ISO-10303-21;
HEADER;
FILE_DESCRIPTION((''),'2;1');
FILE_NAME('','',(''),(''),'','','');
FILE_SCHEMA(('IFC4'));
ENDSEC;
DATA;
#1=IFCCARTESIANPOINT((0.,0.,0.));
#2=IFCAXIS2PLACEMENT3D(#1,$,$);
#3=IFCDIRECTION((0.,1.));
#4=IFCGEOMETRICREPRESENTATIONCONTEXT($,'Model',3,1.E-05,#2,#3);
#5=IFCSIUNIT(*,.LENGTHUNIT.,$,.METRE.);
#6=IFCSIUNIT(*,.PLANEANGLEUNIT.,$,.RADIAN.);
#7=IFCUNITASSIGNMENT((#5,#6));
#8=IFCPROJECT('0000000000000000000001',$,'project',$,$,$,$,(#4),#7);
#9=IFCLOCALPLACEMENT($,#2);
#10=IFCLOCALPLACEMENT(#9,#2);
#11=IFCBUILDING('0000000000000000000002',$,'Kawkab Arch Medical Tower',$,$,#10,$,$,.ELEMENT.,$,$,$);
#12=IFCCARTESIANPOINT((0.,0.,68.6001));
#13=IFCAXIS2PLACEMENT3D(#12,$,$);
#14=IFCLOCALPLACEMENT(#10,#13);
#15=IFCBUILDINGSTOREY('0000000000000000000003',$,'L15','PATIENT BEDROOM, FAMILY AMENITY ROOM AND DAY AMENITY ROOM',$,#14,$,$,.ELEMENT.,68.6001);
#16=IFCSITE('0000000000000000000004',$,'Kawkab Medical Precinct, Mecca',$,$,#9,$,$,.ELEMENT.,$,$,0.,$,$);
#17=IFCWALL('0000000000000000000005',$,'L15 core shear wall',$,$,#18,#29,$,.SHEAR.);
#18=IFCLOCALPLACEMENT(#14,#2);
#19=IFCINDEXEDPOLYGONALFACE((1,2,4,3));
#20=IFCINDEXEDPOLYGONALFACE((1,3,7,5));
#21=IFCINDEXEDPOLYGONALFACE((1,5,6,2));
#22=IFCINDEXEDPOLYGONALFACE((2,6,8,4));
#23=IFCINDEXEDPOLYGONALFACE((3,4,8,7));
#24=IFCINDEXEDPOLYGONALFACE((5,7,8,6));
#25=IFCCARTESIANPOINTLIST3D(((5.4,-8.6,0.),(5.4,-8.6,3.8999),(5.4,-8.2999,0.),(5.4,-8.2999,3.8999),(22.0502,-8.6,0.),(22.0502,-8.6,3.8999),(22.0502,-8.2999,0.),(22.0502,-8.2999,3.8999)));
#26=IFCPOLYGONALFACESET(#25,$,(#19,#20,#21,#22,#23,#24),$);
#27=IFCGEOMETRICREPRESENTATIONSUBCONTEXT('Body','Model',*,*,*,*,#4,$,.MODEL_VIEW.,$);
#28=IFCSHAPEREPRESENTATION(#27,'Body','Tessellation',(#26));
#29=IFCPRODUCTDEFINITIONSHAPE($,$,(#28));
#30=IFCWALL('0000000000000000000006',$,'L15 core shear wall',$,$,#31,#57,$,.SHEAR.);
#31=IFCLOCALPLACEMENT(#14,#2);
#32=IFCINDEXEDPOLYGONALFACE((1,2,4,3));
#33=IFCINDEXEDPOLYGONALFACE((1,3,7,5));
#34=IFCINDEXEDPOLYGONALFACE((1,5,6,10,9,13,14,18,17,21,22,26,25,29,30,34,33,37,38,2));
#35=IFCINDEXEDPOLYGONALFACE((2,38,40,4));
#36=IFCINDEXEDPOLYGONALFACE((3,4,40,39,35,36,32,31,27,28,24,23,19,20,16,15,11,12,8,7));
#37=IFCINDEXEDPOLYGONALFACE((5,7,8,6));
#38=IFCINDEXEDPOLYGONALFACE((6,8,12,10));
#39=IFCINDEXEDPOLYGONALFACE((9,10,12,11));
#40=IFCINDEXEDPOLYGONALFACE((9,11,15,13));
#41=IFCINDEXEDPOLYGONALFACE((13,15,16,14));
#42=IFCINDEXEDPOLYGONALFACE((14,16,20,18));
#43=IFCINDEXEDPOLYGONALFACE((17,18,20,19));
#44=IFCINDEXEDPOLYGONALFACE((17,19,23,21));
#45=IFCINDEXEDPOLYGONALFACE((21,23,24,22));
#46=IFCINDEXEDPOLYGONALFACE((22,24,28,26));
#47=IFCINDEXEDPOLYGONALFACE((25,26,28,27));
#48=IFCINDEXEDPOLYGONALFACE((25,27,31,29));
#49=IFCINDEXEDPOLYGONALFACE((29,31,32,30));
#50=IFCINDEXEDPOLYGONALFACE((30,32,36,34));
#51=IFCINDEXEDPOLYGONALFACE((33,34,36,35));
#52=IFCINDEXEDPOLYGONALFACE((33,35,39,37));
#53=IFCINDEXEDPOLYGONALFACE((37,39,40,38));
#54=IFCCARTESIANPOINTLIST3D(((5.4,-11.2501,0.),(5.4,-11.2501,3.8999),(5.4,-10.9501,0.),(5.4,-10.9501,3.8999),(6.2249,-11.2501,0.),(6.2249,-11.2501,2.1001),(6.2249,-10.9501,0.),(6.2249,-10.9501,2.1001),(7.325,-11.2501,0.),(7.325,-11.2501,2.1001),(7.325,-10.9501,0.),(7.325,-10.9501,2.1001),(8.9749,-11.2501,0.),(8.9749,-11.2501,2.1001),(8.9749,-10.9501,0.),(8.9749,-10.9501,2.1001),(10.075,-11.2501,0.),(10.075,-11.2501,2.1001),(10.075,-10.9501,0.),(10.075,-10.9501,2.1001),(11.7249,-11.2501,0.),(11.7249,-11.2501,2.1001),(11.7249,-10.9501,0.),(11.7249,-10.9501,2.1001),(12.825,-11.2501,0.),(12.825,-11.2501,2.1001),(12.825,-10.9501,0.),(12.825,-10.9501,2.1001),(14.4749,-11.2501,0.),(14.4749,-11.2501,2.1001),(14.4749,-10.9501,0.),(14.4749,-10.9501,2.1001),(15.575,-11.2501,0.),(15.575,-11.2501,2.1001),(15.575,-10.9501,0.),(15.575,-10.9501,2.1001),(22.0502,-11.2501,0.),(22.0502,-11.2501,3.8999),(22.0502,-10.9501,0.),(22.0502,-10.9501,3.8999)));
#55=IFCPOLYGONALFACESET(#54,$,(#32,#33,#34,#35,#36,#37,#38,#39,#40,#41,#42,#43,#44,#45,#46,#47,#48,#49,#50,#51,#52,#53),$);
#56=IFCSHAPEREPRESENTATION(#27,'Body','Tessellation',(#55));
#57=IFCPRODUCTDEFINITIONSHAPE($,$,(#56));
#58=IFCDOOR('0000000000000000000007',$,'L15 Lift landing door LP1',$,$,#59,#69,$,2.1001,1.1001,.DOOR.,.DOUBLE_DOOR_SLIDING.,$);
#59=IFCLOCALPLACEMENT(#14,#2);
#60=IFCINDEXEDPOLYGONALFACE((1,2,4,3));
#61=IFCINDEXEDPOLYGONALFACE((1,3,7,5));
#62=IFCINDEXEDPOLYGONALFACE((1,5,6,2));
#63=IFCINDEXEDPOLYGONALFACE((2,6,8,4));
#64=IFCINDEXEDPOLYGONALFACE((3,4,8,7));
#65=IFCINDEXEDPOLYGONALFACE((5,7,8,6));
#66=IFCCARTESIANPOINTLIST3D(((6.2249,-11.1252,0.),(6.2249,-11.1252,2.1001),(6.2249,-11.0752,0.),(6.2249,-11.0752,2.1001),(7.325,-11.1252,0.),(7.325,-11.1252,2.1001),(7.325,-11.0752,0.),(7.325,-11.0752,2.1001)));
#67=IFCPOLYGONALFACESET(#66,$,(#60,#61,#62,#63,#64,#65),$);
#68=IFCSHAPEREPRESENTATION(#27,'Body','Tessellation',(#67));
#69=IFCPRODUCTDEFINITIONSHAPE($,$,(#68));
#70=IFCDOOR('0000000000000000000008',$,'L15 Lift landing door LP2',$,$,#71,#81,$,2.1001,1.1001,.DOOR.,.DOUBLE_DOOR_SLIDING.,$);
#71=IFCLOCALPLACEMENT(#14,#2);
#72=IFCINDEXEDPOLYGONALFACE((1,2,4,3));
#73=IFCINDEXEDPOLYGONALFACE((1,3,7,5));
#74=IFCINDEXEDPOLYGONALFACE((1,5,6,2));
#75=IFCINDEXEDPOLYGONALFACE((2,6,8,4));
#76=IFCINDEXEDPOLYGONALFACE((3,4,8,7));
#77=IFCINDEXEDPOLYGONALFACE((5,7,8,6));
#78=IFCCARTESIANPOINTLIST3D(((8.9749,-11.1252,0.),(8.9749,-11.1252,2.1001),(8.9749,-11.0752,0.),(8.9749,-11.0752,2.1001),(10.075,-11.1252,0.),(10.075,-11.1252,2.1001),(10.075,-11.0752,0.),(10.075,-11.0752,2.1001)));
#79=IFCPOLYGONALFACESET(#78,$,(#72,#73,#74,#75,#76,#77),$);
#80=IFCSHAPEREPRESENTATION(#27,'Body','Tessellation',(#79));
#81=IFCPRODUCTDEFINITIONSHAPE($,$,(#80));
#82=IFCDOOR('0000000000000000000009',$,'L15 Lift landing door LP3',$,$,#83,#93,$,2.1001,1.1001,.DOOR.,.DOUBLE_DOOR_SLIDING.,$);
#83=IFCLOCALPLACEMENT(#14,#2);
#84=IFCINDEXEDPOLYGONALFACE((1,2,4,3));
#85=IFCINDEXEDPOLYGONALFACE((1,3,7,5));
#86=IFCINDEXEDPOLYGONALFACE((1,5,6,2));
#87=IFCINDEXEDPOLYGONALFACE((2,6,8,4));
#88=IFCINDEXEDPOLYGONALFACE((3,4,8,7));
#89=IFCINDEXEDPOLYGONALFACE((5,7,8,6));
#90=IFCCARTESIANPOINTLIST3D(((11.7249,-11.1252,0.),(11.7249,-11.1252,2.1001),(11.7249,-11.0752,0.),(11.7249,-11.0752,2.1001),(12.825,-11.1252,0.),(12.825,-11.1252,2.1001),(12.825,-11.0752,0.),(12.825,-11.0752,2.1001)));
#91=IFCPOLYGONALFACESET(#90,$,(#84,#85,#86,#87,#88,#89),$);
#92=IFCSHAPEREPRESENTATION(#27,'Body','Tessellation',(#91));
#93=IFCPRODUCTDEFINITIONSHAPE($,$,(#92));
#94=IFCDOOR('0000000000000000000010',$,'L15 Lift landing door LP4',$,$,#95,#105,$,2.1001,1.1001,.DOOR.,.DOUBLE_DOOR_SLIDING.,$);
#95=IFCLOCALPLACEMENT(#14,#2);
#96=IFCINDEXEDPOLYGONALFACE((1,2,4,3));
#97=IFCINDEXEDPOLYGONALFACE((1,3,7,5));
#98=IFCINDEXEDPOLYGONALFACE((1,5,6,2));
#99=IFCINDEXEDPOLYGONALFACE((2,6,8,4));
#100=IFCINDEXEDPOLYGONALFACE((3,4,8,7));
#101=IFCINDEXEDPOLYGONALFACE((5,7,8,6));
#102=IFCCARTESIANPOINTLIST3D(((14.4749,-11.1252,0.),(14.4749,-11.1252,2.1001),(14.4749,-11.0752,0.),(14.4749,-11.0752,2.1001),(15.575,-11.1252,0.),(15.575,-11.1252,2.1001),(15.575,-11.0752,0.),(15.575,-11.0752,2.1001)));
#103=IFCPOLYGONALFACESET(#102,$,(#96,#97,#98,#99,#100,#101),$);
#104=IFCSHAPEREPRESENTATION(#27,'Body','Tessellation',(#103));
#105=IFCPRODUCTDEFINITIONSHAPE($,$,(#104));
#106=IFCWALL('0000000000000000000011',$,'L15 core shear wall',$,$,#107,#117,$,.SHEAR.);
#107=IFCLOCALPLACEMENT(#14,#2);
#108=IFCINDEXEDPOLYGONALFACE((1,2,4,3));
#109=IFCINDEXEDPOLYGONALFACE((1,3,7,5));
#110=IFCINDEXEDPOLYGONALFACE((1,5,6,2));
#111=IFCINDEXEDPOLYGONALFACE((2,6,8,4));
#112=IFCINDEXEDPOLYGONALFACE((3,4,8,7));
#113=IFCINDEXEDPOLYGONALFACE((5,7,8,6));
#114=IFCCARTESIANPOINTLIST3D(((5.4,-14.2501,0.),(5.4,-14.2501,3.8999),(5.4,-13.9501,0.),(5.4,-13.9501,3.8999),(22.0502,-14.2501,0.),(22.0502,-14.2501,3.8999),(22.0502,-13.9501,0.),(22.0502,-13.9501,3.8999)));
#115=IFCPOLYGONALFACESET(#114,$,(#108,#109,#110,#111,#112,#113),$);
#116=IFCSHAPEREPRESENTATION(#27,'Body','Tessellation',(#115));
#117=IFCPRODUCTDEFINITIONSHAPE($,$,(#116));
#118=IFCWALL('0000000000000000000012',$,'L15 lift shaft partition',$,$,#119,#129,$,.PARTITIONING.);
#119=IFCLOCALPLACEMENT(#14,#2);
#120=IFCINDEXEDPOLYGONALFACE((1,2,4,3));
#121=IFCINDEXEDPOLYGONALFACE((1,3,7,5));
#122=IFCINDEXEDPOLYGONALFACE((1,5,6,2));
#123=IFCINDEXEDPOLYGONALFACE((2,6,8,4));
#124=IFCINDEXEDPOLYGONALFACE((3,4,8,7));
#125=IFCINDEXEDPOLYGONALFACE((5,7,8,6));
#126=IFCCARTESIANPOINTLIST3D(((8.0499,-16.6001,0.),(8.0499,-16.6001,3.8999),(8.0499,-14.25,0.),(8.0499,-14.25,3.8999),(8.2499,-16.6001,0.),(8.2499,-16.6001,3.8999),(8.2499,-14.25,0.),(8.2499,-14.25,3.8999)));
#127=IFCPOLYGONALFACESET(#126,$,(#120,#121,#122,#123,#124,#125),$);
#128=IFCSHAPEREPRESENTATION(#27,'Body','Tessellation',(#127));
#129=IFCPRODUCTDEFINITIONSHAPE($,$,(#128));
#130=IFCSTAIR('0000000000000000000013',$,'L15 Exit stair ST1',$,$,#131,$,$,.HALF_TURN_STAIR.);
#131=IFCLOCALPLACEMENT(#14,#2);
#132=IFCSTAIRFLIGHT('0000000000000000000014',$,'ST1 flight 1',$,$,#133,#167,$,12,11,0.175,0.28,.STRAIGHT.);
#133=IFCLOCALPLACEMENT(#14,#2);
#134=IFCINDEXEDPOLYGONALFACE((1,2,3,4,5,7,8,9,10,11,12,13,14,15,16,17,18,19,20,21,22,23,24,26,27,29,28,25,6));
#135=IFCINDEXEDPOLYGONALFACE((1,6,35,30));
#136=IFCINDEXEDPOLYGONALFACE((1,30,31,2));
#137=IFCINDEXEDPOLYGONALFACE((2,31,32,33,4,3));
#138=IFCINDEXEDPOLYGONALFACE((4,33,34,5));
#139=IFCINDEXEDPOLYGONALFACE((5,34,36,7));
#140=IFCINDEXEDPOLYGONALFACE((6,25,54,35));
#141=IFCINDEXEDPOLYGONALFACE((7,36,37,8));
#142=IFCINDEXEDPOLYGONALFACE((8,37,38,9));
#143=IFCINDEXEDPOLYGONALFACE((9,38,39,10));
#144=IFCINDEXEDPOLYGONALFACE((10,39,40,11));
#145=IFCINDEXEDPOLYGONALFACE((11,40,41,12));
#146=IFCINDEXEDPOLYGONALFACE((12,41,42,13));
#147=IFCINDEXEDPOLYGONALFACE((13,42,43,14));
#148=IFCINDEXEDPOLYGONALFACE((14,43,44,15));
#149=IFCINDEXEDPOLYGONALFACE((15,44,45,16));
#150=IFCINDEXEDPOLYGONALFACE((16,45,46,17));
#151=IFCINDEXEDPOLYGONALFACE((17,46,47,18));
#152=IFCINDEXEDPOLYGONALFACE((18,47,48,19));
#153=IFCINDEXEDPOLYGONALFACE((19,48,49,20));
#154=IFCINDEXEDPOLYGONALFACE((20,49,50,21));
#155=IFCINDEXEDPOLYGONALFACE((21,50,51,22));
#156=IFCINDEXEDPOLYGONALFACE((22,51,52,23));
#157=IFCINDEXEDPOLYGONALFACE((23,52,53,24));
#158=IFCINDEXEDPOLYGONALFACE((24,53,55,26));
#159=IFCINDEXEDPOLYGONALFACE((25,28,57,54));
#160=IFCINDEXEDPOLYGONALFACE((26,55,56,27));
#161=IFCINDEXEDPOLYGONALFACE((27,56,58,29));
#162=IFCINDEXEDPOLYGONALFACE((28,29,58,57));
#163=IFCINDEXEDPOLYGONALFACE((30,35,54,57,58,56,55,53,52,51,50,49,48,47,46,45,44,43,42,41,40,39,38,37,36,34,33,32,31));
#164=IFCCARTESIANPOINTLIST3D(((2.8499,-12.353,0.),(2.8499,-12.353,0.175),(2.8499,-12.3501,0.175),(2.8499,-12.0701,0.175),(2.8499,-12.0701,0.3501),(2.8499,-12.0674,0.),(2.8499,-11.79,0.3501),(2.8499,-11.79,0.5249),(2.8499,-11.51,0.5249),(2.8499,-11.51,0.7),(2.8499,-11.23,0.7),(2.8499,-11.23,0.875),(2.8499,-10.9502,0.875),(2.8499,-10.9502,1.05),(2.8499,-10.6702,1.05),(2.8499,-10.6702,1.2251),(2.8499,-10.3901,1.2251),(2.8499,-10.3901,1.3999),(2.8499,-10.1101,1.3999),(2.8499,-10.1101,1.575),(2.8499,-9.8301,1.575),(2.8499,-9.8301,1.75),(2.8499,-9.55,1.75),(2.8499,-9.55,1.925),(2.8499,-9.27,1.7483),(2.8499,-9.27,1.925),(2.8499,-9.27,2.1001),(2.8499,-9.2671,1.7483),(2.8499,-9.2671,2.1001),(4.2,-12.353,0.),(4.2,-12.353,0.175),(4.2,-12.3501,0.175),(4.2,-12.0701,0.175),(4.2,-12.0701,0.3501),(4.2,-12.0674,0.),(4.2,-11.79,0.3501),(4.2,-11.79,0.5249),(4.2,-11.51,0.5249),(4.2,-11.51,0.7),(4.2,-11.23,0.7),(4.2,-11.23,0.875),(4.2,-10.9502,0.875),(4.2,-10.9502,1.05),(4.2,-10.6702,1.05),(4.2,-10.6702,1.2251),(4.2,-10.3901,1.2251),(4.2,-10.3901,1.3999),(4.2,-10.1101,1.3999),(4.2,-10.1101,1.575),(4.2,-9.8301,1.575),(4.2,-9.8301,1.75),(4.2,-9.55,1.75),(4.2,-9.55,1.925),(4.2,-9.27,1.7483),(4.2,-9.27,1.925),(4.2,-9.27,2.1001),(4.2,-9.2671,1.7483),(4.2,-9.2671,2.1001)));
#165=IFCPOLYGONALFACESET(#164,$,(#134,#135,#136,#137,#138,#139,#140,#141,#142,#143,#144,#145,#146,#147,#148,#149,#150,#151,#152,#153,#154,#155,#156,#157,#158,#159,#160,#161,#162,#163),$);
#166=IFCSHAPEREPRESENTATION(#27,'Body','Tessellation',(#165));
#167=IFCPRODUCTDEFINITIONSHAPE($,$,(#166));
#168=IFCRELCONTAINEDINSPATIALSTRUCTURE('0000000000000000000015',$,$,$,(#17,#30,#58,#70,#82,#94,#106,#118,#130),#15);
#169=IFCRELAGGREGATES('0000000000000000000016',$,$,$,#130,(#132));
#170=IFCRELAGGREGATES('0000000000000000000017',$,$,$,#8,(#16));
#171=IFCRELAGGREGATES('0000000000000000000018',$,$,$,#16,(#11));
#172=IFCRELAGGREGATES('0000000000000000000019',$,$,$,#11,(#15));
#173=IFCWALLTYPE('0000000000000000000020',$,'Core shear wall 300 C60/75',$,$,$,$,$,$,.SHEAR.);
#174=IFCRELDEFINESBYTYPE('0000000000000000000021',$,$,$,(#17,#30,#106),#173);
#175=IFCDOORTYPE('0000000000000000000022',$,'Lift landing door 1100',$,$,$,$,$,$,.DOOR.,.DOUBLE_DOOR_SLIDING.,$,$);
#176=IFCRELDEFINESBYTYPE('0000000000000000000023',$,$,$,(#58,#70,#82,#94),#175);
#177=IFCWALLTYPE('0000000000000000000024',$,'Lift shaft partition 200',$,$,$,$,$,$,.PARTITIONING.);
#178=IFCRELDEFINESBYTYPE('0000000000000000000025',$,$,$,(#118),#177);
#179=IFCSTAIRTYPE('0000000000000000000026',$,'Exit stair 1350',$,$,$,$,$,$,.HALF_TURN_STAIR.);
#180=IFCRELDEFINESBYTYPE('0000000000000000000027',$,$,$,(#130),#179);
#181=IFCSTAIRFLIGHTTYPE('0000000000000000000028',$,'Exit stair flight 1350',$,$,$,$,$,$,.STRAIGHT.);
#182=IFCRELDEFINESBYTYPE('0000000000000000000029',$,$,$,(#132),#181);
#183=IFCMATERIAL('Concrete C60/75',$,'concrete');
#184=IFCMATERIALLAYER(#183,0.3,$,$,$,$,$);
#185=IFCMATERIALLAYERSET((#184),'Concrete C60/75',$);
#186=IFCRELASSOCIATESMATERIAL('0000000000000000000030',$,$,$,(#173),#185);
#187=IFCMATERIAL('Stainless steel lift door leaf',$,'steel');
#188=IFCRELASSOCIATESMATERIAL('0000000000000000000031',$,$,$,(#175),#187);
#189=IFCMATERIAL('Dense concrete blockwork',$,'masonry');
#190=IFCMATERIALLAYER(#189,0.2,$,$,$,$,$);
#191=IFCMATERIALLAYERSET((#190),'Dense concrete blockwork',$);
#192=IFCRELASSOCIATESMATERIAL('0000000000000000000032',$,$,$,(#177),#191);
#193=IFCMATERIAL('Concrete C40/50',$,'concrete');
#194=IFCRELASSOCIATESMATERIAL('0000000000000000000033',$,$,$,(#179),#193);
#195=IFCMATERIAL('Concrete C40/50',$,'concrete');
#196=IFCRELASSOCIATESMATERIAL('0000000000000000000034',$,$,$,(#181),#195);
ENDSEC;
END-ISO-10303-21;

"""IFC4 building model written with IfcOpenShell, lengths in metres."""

from ifc_helpers import new_model, si_unit, direction, frame, frame_2d, origin, place, context, subcontext, project, spatial, polyline, rectangle, outline, extrude, material, layer, layer_set, type_object, element, fill, aggregate, save


model = new_model("IFC4")

# Units and contexts
model_context = context("Model", 3, precision=1e-05, world=origin(), true_north=direction((0.0, 1.0)))
body_context = subcontext(model_context, "Body", "Model", "MODEL_VIEW")
ifc_project = project(units=[si_unit("LENGTHUNIT", "METRE"), si_unit("PLANEANGLEUNIT", "RADIAN")], contexts=[model_context])

# Site, building, storey
site_placement = place(None, origin())
site = spatial("IfcSite", under=ifc_project, at=site_placement, Name="Kawkab Medical Precinct, Mecca", CompositionType="ELEMENT", RefElevation=0.0)
building_placement = place(site_placement, origin())
building = spatial("IfcBuilding", under=site, at=building_placement, Name="Kawkab Arch Medical Tower", CompositionType="ELEMENT")
storey_placement = place(building_placement, frame((0.0, 0.0, 68.6001)))
storey = spatial("IfcBuildingStorey", under=building, at=storey_placement, Name="L15", Description="PATIENT BEDROOM, FAMILY AMENITY ROOM AND DAY AMENITY ROOM", CompositionType="ELEMENT", Elevation=68.6001)

# Wall
ifc_material_1 = material(Name="Concrete C60/75", Category="concrete")
ifc_layer_1 = layer(ifc_material_1, 0.3)
ifc_layer_set_1 = layer_set([ifc_layer_1], Name="Concrete C60/75")
wall_type_1 = type_object("IfcWallType", Name="Core shear wall 300 C60/75", PredefinedType="SHEAR", material=ifc_layer_set_1)
wall_1_placement = place(storey_placement, frame((5.3999, -8.45, 0.0), z_axis=(0.0, 0.0, 1.0), x_axis=(1.0, 0.0, 0.0)))
element("IfcWall", 1, at=wall_1_placement, inside=storey, type_object=wall_type_1, Name="L15 core shear wall", PredefinedType="SHEAR", context=body_context, shape_type="SweptSolid", body=[
    extrude(rectangle(XDim=16.6501, YDim=0.3, at=frame_2d((8.3252, 0.0))), origin(), (0.0, 0.0, 1.0), 3.8999),
])

# Wall, openings, doors
wall_2_placement = place(storey_placement, frame((5.3999, -11.1001, 0.0), z_axis=(0.0, 0.0, 1.0), x_axis=(1.0, 0.0, 0.0)))
wall_2 = element("IfcWall", 2, at=wall_2_placement, inside=storey, type_object=wall_type_1, Name="L15 core shear wall", PredefinedType="SHEAR", context=body_context, shape_type="SweptSolid", body=[
    extrude(rectangle(XDim=16.6501, YDim=0.3, at=frame_2d((8.3252, 0.0))), origin(), (0.0, 0.0, 1.0), 3.8999),
])
opening_1_placement = place(wall_2_placement, frame((0.825, 0.0, 0.0)))
opening_1 = element("IfcOpeningElement", 3, at=opening_1_placement, cuts=wall_2, PredefinedType="OPENING", context=body_context, shape_type="SweptSolid", body=[
    extrude(rectangle(XDim=1.1001, YDim=2.1001, at=frame_2d((0.55, 1.05))), frame((0.0, 0.1599, 0.0), z_axis=(0.0, -1.0, 0.0), x_axis=(1.0, 0.0, 0.0)), (0.0, 0.0, 1.0), 0.3201),
])
opening_2_placement = place(wall_2_placement, frame((3.575, 0.0, 0.0)))
opening_2 = element("IfcOpeningElement", 4, at=opening_2_placement, cuts=wall_2, PredefinedType="OPENING", context=body_context, shape_type="SweptSolid", body=[
    extrude(rectangle(XDim=1.1001, YDim=2.1001, at=frame_2d((0.55, 1.05))), frame((0.0, 0.1599, 0.0), z_axis=(0.0, -1.0, 0.0), x_axis=(1.0, 0.0, 0.0)), (0.0, 0.0, 1.0), 0.3201),
])
opening_3_placement = place(wall_2_placement, frame((6.325, 0.0, 0.0)))
opening_3 = element("IfcOpeningElement", 5, at=opening_3_placement, cuts=wall_2, PredefinedType="OPENING", context=body_context, shape_type="SweptSolid", body=[
    extrude(rectangle(XDim=1.1001, YDim=2.1001, at=frame_2d((0.55, 1.05))), frame((0.0, 0.1599, 0.0), z_axis=(0.0, -1.0, 0.0), x_axis=(1.0, 0.0, 0.0)), (0.0, 0.0, 1.0), 0.3201),
])
opening_4_placement = place(wall_2_placement, frame((9.075, 0.0, 0.0)))
opening_4 = element("IfcOpeningElement", 6, at=opening_4_placement, cuts=wall_2, PredefinedType="OPENING", context=body_context, shape_type="SweptSolid", body=[
    extrude(rectangle(XDim=1.1001, YDim=2.1001, at=frame_2d((0.55, 1.05))), frame((0.0, 0.1599, 0.0), z_axis=(0.0, -1.0, 0.0), x_axis=(1.0, 0.0, 0.0)), (0.0, 0.0, 1.0), 0.3201),
])
ifc_material_2 = material(Name="Stainless steel lift door leaf", Category="steel")
door_type = type_object("IfcDoorType", Name="Lift landing door 1100", OperationType="DOUBLE_DOOR_SLIDING", PredefinedType="DOOR", material=ifc_material_2)
door_1_placement = place(opening_1_placement, origin())
door_1 = element("IfcDoor", 7, at=door_1_placement, inside=storey, type_object=door_type, Name="L15 Lift landing door LP1", OperationType="DOUBLE_DOOR_SLIDING", OverallHeight=2.1001, OverallWidth=1.1001, PredefinedType="DOOR", context=body_context, shape_type="SweptSolid", body=[
    extrude(rectangle(XDim=1.1001, YDim=2.1001, at=frame_2d((0.55, 1.05))), frame((0.0, 0.0249, 0.0), z_axis=(0.0, -1.0, 0.0), x_axis=(1.0, 0.0, 0.0)), (0.0, 0.0, 1.0), 0.05),
])
fill(opening_1, door_1)
door_2_placement = place(opening_2_placement, origin())
door_2 = element("IfcDoor", 8, at=door_2_placement, inside=storey, type_object=door_type, Name="L15 Lift landing door LP2", OperationType="DOUBLE_DOOR_SLIDING", OverallHeight=2.1001, OverallWidth=1.1001, PredefinedType="DOOR", context=body_context, shape_type="SweptSolid", body=[
    extrude(rectangle(XDim=1.1001, YDim=2.1001, at=frame_2d((0.55, 1.05))), frame((0.0, 0.0249, 0.0), z_axis=(0.0, -1.0, 0.0), x_axis=(1.0, 0.0, 0.0)), (0.0, 0.0, 1.0), 0.05),
])
fill(opening_2, door_2)
door_3_placement = place(opening_3_placement, origin())
door_3 = element("IfcDoor", 9, at=door_3_placement, inside=storey, type_object=door_type, Name="L15 Lift landing door LP3", OperationType="DOUBLE_DOOR_SLIDING", OverallHeight=2.1001, OverallWidth=1.1001, PredefinedType="DOOR", context=body_context, shape_type="SweptSolid", body=[
    extrude(rectangle(XDim=1.1001, YDim=2.1001, at=frame_2d((0.55, 1.05))), frame((0.0, 0.0249, 0.0), z_axis=(0.0, -1.0, 0.0), x_axis=(1.0, 0.0, 0.0)), (0.0, 0.0, 1.0), 0.05),
])
fill(opening_3, door_3)
door_4_placement = place(opening_4_placement, origin())
door_4 = element("IfcDoor", 10, at=door_4_placement, inside=storey, type_object=door_type, Name="L15 Lift landing door LP4", OperationType="DOUBLE_DOOR_SLIDING", OverallHeight=2.1001, OverallWidth=1.1001, PredefinedType="DOOR", context=body_context, shape_type="SweptSolid", body=[
    extrude(rectangle(XDim=1.1001, YDim=2.1001, at=frame_2d((0.55, 1.05))), frame((0.0, 0.0249, 0.0), z_axis=(0.0, -1.0, 0.0), x_axis=(1.0, 0.0, 0.0)), (0.0, 0.0, 1.0), 0.05),
])
fill(opening_4, door_4)

# Walls
wall_3_placement = place(storey_placement, frame((5.3999, -14.1001, 0.0), z_axis=(0.0, 0.0, 1.0), x_axis=(1.0, 0.0, 0.0)))
element("IfcWall", 11, at=wall_3_placement, inside=storey, type_object=wall_type_1, Name="L15 core shear wall", PredefinedType="SHEAR", context=body_context, shape_type="SweptSolid", body=[
    extrude(rectangle(XDim=16.6501, YDim=0.3, at=frame_2d((8.3252, 0.0))), origin(), (0.0, 0.0, 1.0), 3.8999),
])
ifc_material_3 = material(Name="Dense concrete blockwork", Category="masonry")
ifc_layer_2 = layer(ifc_material_3, 0.2)
ifc_layer_set_2 = layer_set([ifc_layer_2], Name="Dense concrete blockwork")
wall_type_2 = type_object("IfcWallType", Name="Lift shaft partition 200", PredefinedType="PARTITIONING", material=ifc_layer_set_2)
wall_4_placement = place(storey_placement, frame((8.1499, -16.6001, 0.0), z_axis=(0.0, 0.0, 1.0), x_axis=(0.0, 1.0, 0.0)))
element("IfcWall", 12, at=wall_4_placement, inside=storey, type_object=wall_type_2, Name="L15 lift shaft partition", PredefinedType="PARTITIONING", context=body_context, shape_type="SweptSolid", body=[
    extrude(rectangle(XDim=2.3501, YDim=0.2, at=frame_2d((1.175, 0.0))), origin(), (0.0, 0.0, 1.0), 3.8999),
])

# Stair, stair flight
ifc_material_4 = material(Name="Concrete C40/50", Category="concrete")
stair_type = type_object("IfcStairType", Name="Exit stair 1350", PredefinedType="HALF_TURN_STAIR", material=ifc_material_4)
stair_placement = place(storey_placement, origin())
stair = element("IfcStair", 13, at=stair_placement, inside=storey, type_object=stair_type, Name="L15 Exit stair ST1", PredefinedType="HALF_TURN_STAIR")
ifc_material_5 = material(Name="Concrete C40/50", Category="concrete")
stair_flight_type = type_object("IfcStairFlightType", Name="Exit stair flight 1350", PredefinedType="STRAIGHT", material=ifc_material_5)
stair_flight_placement = place(storey_placement, frame((3.5249, -12.3501, 0.0), z_axis=(0.0, 0.0, 1.0), x_axis=(0.0, 1.0, 0.0)))
stair_flight = element("IfcStairFlight", 14, at=stair_flight_placement, type_object=stair_flight_type, Name="ST1 flight 1", NumberOfRisers=12, NumberOfTreads=11, PredefinedType="STRAIGHT", RiserHeight=0.175, TreadLength=0.28, context=body_context, shape_type="SweptSolid", body=[
    extrude(outline(polyline([(-0.0029, 0.0), (-0.0029, 0.175), (0.0, 0.175), (0.28, 0.175), (0.28, 0.3501), (0.5601, 0.3501), (0.5601, 0.5249), (0.8401, 0.5249), (0.8401, 0.7), (1.1201, 0.7), (1.1201, 0.875), (1.3999, 0.875), (1.3999, 1.05), (1.6799, 1.05), (1.6799, 1.2251), (1.96, 1.2251), (1.96, 1.3999), (2.24, 1.3999), (2.24, 1.575), (2.52, 1.575), (2.52, 1.75), (2.8, 1.75), (2.8, 1.925), (3.0801, 1.925), (3.0801, 2.1001), (3.083, 2.1001), (3.083, 1.7483), (3.0801, 1.7483), (0.2827, 0.0), (-0.0029, 0.0)])), frame((0.0, 0.675, 0.0), z_axis=(0.0, -1.0, 0.0), x_axis=(1.0, 0.0, 0.0)), (0.0, 0.0, 1.0), 1.3501),
])
aggregate(stair, [stair_flight])

save(model, "model.ifc")
